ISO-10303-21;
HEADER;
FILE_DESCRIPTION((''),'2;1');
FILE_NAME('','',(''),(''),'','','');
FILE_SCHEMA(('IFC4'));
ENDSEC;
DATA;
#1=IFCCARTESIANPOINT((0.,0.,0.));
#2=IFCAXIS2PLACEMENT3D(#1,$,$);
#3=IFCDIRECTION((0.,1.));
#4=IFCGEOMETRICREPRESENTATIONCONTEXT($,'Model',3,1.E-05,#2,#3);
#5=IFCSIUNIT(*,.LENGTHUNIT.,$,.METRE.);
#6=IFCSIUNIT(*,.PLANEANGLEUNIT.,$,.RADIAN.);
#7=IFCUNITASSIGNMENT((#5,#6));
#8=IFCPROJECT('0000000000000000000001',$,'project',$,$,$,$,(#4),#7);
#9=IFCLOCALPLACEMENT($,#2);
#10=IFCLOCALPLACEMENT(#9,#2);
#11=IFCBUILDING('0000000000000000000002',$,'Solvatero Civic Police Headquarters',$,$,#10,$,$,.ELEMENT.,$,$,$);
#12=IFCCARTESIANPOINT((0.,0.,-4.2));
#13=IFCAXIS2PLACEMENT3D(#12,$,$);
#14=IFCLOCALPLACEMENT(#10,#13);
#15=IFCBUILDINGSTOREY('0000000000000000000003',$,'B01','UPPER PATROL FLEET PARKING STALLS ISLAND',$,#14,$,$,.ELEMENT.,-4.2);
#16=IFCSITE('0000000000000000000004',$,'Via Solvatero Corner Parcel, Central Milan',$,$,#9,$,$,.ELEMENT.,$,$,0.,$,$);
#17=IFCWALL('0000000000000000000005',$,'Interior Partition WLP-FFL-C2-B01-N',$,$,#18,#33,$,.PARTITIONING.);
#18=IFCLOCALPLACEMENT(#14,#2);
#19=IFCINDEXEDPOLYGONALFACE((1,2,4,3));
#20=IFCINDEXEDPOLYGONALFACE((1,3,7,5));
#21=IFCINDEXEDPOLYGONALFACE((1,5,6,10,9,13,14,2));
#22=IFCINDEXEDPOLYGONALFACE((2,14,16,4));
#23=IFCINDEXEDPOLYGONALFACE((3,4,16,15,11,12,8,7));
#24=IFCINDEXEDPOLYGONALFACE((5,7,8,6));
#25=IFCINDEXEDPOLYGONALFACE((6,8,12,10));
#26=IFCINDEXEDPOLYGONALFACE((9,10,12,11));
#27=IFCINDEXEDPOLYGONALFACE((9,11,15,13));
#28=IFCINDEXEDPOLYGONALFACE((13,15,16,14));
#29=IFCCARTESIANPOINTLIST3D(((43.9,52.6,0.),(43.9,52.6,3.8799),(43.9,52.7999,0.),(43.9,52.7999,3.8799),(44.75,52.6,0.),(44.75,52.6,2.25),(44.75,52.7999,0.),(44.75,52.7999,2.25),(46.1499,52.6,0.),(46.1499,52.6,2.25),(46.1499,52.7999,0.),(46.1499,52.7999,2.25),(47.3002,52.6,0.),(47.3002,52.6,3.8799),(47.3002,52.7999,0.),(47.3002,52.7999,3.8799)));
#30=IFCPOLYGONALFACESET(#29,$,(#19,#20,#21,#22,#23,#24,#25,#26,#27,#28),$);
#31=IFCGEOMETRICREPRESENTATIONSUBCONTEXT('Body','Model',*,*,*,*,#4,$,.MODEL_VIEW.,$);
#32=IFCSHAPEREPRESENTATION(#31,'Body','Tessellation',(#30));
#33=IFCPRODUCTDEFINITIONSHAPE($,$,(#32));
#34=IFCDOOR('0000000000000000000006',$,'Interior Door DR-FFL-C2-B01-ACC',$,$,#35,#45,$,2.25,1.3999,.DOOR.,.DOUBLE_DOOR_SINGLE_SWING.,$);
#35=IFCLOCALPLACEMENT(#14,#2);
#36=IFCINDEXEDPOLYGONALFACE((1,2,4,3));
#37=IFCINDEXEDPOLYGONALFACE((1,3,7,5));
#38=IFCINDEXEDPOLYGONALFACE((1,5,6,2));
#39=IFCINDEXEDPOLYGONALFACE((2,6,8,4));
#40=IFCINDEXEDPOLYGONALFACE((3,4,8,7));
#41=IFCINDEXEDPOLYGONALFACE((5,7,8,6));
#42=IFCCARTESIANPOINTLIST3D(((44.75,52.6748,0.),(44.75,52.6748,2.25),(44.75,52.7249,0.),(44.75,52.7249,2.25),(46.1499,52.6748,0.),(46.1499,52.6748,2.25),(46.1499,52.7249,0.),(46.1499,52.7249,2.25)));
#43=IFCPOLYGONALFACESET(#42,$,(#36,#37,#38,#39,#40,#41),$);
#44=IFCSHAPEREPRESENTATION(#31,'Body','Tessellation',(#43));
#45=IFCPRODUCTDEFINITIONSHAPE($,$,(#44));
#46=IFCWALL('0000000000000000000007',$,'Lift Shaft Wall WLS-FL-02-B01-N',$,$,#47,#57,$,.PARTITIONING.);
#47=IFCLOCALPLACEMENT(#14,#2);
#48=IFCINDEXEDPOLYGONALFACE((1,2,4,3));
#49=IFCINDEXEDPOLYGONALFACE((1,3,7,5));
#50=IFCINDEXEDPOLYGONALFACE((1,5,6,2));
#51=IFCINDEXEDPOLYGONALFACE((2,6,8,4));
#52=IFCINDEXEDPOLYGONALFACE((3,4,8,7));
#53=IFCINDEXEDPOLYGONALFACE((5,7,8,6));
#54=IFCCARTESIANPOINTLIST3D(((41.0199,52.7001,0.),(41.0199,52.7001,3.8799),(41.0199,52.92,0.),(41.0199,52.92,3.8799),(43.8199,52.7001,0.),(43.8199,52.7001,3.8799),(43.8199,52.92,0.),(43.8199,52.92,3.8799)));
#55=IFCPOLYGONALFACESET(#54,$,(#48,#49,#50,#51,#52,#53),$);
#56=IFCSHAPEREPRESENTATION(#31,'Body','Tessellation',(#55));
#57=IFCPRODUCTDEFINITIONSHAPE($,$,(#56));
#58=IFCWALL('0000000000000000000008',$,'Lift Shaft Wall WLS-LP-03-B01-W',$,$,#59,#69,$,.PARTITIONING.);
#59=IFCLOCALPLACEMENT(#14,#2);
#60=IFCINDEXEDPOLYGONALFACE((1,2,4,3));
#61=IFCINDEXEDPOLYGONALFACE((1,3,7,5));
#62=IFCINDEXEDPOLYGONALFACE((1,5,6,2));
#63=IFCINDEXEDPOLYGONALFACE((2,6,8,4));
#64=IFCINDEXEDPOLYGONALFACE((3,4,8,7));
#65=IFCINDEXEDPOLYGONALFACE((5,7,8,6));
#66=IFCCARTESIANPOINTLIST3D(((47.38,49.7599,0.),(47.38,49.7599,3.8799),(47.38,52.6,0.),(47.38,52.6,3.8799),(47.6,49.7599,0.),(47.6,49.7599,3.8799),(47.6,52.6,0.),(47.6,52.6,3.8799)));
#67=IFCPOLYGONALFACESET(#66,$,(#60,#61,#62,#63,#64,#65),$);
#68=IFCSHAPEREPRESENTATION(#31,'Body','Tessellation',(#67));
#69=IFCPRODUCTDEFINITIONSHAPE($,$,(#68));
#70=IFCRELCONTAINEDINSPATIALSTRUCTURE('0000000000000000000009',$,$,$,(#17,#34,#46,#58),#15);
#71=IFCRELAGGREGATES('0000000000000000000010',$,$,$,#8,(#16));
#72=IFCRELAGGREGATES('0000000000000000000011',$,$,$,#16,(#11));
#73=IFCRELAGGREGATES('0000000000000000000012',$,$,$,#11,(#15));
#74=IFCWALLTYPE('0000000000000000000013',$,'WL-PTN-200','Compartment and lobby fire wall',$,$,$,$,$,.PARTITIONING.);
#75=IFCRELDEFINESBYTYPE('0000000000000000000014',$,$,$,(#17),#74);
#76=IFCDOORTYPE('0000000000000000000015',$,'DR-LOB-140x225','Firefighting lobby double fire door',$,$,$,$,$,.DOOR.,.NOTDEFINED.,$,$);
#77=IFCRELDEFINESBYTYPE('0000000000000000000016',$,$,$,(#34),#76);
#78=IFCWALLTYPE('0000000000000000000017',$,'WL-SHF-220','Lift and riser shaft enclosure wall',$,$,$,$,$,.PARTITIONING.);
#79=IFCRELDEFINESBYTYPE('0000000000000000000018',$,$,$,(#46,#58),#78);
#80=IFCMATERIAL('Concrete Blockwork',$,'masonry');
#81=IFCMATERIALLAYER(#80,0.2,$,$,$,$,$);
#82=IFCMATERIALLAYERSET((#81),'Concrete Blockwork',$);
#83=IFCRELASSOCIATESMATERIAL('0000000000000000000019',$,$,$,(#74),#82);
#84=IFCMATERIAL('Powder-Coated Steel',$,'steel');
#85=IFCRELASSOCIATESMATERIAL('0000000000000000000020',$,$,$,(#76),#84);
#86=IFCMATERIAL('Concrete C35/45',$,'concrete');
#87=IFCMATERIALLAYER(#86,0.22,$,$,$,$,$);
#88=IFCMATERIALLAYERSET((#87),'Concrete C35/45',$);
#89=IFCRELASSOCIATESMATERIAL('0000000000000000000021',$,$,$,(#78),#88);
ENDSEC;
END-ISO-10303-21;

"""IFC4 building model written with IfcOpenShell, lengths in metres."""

from ifc_helpers import new_model, si_unit, direction, frame, frame_2d, origin, place, context, subcontext, project, spatial, rectangle, extrude, material, layer, layer_set, type_object, element, fill, save


model = new_model("IFC4")

# Units and contexts
model_context = context("Model", 3, precision=1e-05, world=origin(), true_north=direction((0.0, 1.0)))
body_context = subcontext(model_context, "Body", "Model", "MODEL_VIEW")
ifc_project = project(units=[si_unit("LENGTHUNIT", "METRE"), si_unit("PLANEANGLEUNIT", "RADIAN")], contexts=[model_context])

# Site, building, storey
site_placement = place(None, origin())
site = spatial("IfcSite", under=ifc_project, at=site_placement, Name="Via Solvatero Corner Parcel, Central Milan", CompositionType="ELEMENT", RefElevation=0.0)
building_placement = place(site_placement, origin())
building = spatial("IfcBuilding", under=site, at=building_placement, Name="Solvatero Civic Police Headquarters", CompositionType="ELEMENT")
storey_placement = place(building_placement, frame((0.0, 0.0, -4.2)))
storey = spatial("IfcBuildingStorey", under=building, at=storey_placement, Name="B01", Description="UPPER PATROL FLEET PARKING STALLS ISLAND", CompositionType="ELEMENT", Elevation=-4.2)

# Wall, opening, door
ifc_material_1 = material(Name="Concrete Blockwork", Category="masonry")
ifc_layer_1 = layer(ifc_material_1, 0.2)
ifc_layer_set_1 = layer_set([ifc_layer_1], Name="Concrete Blockwork")
wall_type_1 = type_object("IfcWallType", Name="WL-PTN-200", Description="Compartment and lobby fire wall", PredefinedType="PARTITIONING", material=ifc_layer_set_1)
wall_1_placement = place(storey_placement, frame((43.8999, 52.7, 0.0), z_axis=(0.0, 0.0, 1.0), x_axis=(1.0, 0.0, 0.0)))
wall_1 = element("IfcWall", 1, at=wall_1_placement, inside=storey, type_object=wall_type_1, Name="Interior Partition WLP-FFL-C2-B01-N", PredefinedType="PARTITIONING", context=body_context, shape_type="SweptSolid", body=[
    extrude(rectangle(XDim=3.4001, YDim=0.2, at=frame_2d((1.7002, 0.0))), origin(), (0.0, 0.0, 1.0), 3.8799),
])
opening_1_placement = place(wall_1_placement, frame((0.8501, 0.0, 0.0)))
opening_1 = element("IfcOpeningElement", 2, at=opening_1_placement, cuts=wall_1, PredefinedType="OPENING", context=body_context, shape_type="SweptSolid", body=[
    extrude(rectangle(XDim=1.3999, YDim=2.25, at=frame_2d((0.7, 1.125))), frame((0.0, 0.1099, 0.0), z_axis=(0.0, -1.0, 0.0), x_axis=(1.0, 0.0, 0.0)), (0.0, 0.0, 1.0), 0.22),
])
ifc_material_2 = material(Name="Powder-Coated Steel", Category="steel")
door_type_1 = type_object("IfcDoorType", Name="DR-LOB-140x225", Description="Firefighting lobby double fire door", OperationType="NOTDEFINED", PredefinedType="DOOR", material=ifc_material_2)
door_1_placement = place(opening_1_placement, origin())
door_1 = element("IfcDoor", 3, at=door_1_placement, inside=storey, type_object=door_type_1, Name="Interior Door DR-FFL-C2-B01-ACC", OperationType="DOUBLE_DOOR_SINGLE_SWING", OverallHeight=2.25, OverallWidth=1.3999, PredefinedType="DOOR", context=body_context, shape_type="SweptSolid", body=[
    extrude(rectangle(XDim=1.3999, YDim=2.25, at=frame_2d((0.7, 1.125))), frame((0.0, 0.0249, 0.0), z_axis=(0.0, -1.0, 0.0), x_axis=(1.0, 0.0, 0.0)), (0.0, 0.0, 1.0), 0.05),
])
fill(opening_1, door_1)

# Wall
ifc_material_3 = material(Name="Concrete C35/45", Category="concrete")
ifc_layer_2 = layer(ifc_material_3, 0.22)
ifc_layer_set_2 = layer_set([ifc_layer_2], Name="Concrete C35/45")
wall_type_2 = type_object("IfcWallType", Name="WL-SHF-220", Description="Lift and riser shaft enclosure wall", PredefinedType="PARTITIONING", material=ifc_layer_set_2)
wall_2_placement = place(storey_placement, frame((41.02, 52.8101, 0.0), z_axis=(0.0, 0.0, 1.0), x_axis=(1.0, 0.0, 0.0)))
element("IfcWall", 4, at=wall_2_placement, inside=storey, type_object=wall_type_2, Name="Lift Shaft Wall WLS-FL-02-B01-N", PredefinedType="PARTITIONING", context=body_context, shape_type="SweptSolid", body=[
    extrude(rectangle(XDim=2.8, YDim=0.22, at=frame_2d((1.3999, 0.0))), origin(), (0.0, 0.0, 1.0), 3.8799),
])

# Wall
wall_3_placement = place(storey_placement, frame((47.49, 49.76, 0.0), z_axis=(0.0, 0.0, 1.0), x_axis=(0.0, 1.0, 0.0)))
element("IfcWall", 5, at=wall_3_placement, inside=storey, type_object=wall_type_2, Name="Lift Shaft Wall WLS-LP-03-B01-W", PredefinedType="PARTITIONING", context=body_context, shape_type="SweptSolid", body=[
    extrude(rectangle(XDim=2.8401, YDim=0.22, at=frame_2d((1.4199, 0.0))), origin(), (0.0, 0.0, 1.0), 3.8799),
])

save(model, "model.ifc")
